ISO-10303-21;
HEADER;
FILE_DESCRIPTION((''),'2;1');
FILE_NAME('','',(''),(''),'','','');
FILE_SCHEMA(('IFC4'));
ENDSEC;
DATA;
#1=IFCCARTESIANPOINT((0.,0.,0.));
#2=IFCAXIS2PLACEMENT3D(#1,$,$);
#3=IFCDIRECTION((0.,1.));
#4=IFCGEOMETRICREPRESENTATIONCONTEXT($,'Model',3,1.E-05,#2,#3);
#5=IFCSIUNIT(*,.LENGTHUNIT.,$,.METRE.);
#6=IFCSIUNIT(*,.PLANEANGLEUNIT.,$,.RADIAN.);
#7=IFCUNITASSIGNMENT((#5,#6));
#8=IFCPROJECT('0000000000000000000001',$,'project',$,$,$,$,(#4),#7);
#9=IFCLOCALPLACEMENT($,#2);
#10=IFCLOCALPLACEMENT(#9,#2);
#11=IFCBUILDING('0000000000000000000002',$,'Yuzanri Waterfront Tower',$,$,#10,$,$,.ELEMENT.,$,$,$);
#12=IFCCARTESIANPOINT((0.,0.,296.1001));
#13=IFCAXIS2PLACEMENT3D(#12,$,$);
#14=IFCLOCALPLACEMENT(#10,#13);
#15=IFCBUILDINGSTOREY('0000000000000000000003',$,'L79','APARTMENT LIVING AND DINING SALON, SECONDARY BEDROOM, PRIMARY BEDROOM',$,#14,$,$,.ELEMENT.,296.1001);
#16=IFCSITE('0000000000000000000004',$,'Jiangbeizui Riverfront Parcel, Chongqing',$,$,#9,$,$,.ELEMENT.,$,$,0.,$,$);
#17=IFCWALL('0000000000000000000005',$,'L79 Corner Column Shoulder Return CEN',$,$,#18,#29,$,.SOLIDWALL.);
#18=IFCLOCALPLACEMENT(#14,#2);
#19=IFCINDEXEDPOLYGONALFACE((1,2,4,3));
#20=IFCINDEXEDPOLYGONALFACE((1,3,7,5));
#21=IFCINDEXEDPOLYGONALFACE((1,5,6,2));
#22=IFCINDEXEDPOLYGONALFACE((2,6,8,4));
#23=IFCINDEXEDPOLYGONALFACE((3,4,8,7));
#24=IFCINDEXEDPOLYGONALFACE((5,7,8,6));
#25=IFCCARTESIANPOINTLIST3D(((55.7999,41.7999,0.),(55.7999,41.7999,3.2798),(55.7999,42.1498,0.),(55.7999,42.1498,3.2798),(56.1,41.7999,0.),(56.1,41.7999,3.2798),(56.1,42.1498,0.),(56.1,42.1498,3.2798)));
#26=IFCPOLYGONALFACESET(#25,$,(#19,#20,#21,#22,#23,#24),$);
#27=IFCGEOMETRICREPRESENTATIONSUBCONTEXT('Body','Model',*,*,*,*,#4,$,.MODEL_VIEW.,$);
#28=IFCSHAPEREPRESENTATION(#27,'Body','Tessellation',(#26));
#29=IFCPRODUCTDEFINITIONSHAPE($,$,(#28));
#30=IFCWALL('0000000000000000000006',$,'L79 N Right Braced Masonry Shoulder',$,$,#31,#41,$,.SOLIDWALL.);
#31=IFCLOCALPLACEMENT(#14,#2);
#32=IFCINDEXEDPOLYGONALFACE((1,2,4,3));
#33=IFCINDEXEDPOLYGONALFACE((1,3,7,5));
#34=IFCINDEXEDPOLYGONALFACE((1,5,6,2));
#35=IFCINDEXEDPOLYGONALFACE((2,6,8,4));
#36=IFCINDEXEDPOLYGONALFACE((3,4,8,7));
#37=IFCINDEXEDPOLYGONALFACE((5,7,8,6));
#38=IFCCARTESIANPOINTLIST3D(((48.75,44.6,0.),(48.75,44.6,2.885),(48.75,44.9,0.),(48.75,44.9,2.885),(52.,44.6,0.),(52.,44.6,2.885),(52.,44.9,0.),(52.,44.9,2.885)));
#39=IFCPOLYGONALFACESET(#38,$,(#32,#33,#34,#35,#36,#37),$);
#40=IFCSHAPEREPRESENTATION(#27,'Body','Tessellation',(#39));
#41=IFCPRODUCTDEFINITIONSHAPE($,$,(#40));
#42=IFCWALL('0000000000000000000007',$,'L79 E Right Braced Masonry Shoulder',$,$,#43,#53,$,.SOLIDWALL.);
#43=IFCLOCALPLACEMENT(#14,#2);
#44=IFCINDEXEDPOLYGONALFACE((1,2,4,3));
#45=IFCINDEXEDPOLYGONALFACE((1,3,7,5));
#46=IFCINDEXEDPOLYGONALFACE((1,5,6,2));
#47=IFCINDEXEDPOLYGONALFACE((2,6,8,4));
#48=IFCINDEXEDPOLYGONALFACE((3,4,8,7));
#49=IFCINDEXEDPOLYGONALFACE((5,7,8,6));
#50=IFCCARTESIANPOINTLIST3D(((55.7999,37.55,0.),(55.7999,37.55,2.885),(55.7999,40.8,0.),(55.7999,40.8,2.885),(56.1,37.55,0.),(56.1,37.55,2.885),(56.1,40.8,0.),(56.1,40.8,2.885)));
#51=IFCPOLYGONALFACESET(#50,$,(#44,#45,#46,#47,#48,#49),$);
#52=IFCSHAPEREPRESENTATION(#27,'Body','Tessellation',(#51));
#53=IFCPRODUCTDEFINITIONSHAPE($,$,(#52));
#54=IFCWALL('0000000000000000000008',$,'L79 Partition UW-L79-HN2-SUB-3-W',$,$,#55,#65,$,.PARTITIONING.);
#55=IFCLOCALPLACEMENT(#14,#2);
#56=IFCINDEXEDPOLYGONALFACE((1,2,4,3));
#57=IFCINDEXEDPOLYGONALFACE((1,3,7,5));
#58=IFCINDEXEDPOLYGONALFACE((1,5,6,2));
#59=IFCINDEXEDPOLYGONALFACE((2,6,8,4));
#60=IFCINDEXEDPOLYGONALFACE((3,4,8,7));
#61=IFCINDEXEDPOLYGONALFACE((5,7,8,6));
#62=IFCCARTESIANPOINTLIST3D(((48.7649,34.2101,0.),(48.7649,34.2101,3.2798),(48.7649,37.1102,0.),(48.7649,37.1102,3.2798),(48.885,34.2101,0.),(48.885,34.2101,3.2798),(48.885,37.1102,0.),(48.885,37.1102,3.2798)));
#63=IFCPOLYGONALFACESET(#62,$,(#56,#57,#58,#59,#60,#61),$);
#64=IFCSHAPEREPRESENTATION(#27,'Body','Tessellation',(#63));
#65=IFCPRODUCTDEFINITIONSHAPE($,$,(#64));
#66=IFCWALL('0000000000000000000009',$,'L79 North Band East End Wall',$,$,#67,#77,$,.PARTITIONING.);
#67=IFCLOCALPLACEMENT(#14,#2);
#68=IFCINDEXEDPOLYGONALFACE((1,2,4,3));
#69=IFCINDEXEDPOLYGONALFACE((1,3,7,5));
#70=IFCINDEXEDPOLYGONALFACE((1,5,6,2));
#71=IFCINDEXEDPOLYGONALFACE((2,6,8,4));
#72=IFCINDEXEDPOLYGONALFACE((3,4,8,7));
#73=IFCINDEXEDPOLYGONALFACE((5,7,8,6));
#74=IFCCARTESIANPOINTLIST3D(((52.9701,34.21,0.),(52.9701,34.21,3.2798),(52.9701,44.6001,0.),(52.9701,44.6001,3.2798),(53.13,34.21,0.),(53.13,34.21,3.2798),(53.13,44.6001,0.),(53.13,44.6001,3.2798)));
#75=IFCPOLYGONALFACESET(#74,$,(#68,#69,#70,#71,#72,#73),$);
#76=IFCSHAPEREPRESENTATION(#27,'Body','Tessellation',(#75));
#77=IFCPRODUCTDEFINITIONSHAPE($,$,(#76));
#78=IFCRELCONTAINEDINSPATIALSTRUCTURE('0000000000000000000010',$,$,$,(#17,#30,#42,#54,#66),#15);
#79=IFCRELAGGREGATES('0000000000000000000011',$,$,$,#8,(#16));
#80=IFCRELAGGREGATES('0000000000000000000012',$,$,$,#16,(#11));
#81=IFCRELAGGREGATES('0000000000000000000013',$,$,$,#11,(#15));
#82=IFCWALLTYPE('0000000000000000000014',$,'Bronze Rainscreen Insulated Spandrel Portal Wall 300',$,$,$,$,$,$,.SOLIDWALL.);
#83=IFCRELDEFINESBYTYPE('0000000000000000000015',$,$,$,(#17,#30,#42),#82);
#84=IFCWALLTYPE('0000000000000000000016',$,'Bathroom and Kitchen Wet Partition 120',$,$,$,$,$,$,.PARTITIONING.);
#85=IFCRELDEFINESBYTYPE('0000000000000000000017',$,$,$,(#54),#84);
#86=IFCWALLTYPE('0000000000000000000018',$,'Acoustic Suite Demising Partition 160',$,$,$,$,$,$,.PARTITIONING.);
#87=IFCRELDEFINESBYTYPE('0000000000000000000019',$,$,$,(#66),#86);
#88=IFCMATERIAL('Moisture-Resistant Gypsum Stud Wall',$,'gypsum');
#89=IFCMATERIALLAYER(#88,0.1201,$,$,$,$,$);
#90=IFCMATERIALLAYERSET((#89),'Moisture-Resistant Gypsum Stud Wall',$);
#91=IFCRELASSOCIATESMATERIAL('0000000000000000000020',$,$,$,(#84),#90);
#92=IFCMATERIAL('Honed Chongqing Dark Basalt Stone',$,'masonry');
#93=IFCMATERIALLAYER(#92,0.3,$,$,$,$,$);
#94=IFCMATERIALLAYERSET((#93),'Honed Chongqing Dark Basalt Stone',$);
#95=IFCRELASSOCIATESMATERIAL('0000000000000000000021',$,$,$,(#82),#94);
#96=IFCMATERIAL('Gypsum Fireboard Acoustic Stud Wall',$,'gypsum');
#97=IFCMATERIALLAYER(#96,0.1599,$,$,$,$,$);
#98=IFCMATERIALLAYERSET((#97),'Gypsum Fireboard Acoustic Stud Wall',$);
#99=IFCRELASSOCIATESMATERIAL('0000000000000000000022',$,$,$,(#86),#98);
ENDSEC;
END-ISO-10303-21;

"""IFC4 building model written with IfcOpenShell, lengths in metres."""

from ifc_helpers import new_model, si_unit, direction, frame, frame_2d, origin, place, context, subcontext, project, spatial, rectangle, extrude, source, transform, mapped, material, layer, layer_set, type_object, element, save


model = new_model("IFC4")

# Units and contexts
model_context = context("Model", 3, precision=1e-05, world=origin(), true_north=direction((0.0, 1.0)))
body_context = subcontext(model_context, "Body", "Model", "MODEL_VIEW")
ifc_project = project(units=[si_unit("LENGTHUNIT", "METRE"), si_unit("PLANEANGLEUNIT", "RADIAN")], contexts=[model_context])

# Site, building, storey
site_placement = place(None, origin())
site = spatial("IfcSite", under=ifc_project, at=site_placement, Name="Jiangbeizui Riverfront Parcel, Chongqing", CompositionType="ELEMENT", RefElevation=0.0)
building_placement = place(site_placement, origin())
building = spatial("IfcBuilding", under=site, at=building_placement, Name="Yuzanri Waterfront Tower", CompositionType="ELEMENT")
storey_placement = place(building_placement, frame((0.0, 0.0, 296.1001)))
storey = spatial("IfcBuildingStorey", under=building, at=storey_placement, Name="L79", Description="APARTMENT LIVING AND DINING SALON, SECONDARY BEDROOM, PRIMARY BEDROOM", CompositionType="ELEMENT", Elevation=296.1001)

# Shared definitions
ifc_material_1 = material(Name="Moisture-Resistant Gypsum Stud Wall", Category="gypsum")
ifc_layer_1 = layer(ifc_material_1, 0.1201)
ifc_layer_set_1 = layer_set([ifc_layer_1], Name="Moisture-Resistant Gypsum Stud Wall")
wall_type_1 = type_object("IfcWallType", Name="Bathroom and Kitchen Wet Partition 120", PredefinedType="PARTITIONING", material=ifc_layer_set_1)

# Shared definitions
ifc_material_2 = material(Name="Honed Chongqing Dark Basalt Stone", Category="masonry")
ifc_layer_2 = layer(ifc_material_2, 0.3)
ifc_layer_set_2 = layer_set([ifc_layer_2], Name="Honed Chongqing Dark Basalt Stone")
wall_type_2 = type_object("IfcWallType", Name="Bronze Rainscreen Insulated Spandrel Portal Wall 300", PredefinedType="SOLIDWALL", material=ifc_layer_set_2)

# Walls
shared_shape_1 = source(origin(), body_context, "Body", "SweptSolid", [
    extrude(rectangle(XDim=0.3499, YDim=0.3, at=frame_2d((0.1748, 0.0))), origin(), (0.0, 0.0, 1.0), 3.2798),
])
wall_1_placement = place(storey_placement, frame((55.95, 41.8, 0.0), z_axis=(0.0, 0.0, 1.0), x_axis=(0.0, 1.0, 0.0)))
element("IfcWall", 1, at=wall_1_placement, inside=storey, type_object=wall_type_2, Name="L79 Corner Column Shoulder Return CEN", PredefinedType="SOLIDWALL", context=body_context, shape_type="MappedRepresentation", body=[
    mapped(shared_shape_1, transform((0.0, 0.0, 0.0), scale=1.0)),
])
shared_shape_2 = source(origin(), body_context, "Body", "SweptSolid", [
    extrude(rectangle(XDim=3.25, YDim=0.3, at=frame_2d((1.625, 0.0))), origin(), (0.0, 0.0, 1.0), 2.885),
])
for number, where, z_axis, x_axis, name in (
    (2, (48.75, 44.75, 0.0), (0.0, 0.0, 1.0), (1.0, 0.0, 0.0), "L79 N Right Braced Masonry Shoulder"),
    (3, (55.95, 37.55, 0.0), (0.0, 0.0, 1.0), (0.0, 1.0, 0.0), "L79 E Right Braced Masonry Shoulder"),
):
    element("IfcWall", number, at=place(storey_placement, frame(where, z_axis=z_axis, x_axis=x_axis)), inside=storey, type_object=wall_type_2, Name=name, PredefinedType="SOLIDWALL", context=body_context, shape_type="MappedRepresentation", body=[
        mapped(shared_shape_2, transform((0.0, 0.0, 0.0), scale=1.0)),
    ])
shared_shape_3 = source(origin(), body_context, "Body", "SweptSolid", [
    extrude(rectangle(XDim=2.9001, YDim=0.1201, at=frame_2d((1.4502, 0.0))), origin(), (0.0, 0.0, 1.0), 3.2798),
])
wall_2_placement = place(storey_placement, frame((48.825, 34.21, 0.0), z_axis=(0.0, 0.0, 1.0), x_axis=(0.0, 1.0, 0.0)))
element("IfcWall", 4, at=wall_2_placement, inside=storey, type_object=wall_type_1, Name="L79 Partition UW-L79-HN2-SUB-3-W", PredefinedType="PARTITIONING", context=body_context, shape_type="MappedRepresentation", body=[
    mapped(shared_shape_3, transform((0.0, 0.0, 0.0), scale=1.0)),
])
ifc_material_3 = material(Name="Gypsum Fireboard Acoustic Stud Wall", Category="gypsum")
ifc_layer_3 = layer(ifc_material_3, 0.1599)
ifc_layer_set_3 = layer_set([ifc_layer_3], Name="Gypsum Fireboard Acoustic Stud Wall")
wall_type_3 = type_object("IfcWallType", Name="Acoustic Suite Demising Partition 160", PredefinedType="PARTITIONING", material=ifc_layer_set_3)
shared_shape_4 = source(origin(), body_context, "Body", "SweptSolid", [
    extrude(rectangle(XDim=10.3901, YDim=0.1599, at=frame_2d((5.1951, 0.0))), origin(), (0.0, 0.0, 1.0), 3.2798),
])
wall_3_placement = place(storey_placement, frame((53.05, 34.21, 0.0), z_axis=(0.0, 0.0, 1.0), x_axis=(0.0, 1.0, 0.0)))
element("IfcWall", 5, at=wall_3_placement, inside=storey, type_object=wall_type_3, Name="L79 North Band East End Wall", PredefinedType="PARTITIONING", context=body_context, shape_type="MappedRepresentation", body=[
    mapped(shared_shape_4, transform((0.0, 0.0, 0.0), scale=1.0)),
])

save(model, "model.ifc")
